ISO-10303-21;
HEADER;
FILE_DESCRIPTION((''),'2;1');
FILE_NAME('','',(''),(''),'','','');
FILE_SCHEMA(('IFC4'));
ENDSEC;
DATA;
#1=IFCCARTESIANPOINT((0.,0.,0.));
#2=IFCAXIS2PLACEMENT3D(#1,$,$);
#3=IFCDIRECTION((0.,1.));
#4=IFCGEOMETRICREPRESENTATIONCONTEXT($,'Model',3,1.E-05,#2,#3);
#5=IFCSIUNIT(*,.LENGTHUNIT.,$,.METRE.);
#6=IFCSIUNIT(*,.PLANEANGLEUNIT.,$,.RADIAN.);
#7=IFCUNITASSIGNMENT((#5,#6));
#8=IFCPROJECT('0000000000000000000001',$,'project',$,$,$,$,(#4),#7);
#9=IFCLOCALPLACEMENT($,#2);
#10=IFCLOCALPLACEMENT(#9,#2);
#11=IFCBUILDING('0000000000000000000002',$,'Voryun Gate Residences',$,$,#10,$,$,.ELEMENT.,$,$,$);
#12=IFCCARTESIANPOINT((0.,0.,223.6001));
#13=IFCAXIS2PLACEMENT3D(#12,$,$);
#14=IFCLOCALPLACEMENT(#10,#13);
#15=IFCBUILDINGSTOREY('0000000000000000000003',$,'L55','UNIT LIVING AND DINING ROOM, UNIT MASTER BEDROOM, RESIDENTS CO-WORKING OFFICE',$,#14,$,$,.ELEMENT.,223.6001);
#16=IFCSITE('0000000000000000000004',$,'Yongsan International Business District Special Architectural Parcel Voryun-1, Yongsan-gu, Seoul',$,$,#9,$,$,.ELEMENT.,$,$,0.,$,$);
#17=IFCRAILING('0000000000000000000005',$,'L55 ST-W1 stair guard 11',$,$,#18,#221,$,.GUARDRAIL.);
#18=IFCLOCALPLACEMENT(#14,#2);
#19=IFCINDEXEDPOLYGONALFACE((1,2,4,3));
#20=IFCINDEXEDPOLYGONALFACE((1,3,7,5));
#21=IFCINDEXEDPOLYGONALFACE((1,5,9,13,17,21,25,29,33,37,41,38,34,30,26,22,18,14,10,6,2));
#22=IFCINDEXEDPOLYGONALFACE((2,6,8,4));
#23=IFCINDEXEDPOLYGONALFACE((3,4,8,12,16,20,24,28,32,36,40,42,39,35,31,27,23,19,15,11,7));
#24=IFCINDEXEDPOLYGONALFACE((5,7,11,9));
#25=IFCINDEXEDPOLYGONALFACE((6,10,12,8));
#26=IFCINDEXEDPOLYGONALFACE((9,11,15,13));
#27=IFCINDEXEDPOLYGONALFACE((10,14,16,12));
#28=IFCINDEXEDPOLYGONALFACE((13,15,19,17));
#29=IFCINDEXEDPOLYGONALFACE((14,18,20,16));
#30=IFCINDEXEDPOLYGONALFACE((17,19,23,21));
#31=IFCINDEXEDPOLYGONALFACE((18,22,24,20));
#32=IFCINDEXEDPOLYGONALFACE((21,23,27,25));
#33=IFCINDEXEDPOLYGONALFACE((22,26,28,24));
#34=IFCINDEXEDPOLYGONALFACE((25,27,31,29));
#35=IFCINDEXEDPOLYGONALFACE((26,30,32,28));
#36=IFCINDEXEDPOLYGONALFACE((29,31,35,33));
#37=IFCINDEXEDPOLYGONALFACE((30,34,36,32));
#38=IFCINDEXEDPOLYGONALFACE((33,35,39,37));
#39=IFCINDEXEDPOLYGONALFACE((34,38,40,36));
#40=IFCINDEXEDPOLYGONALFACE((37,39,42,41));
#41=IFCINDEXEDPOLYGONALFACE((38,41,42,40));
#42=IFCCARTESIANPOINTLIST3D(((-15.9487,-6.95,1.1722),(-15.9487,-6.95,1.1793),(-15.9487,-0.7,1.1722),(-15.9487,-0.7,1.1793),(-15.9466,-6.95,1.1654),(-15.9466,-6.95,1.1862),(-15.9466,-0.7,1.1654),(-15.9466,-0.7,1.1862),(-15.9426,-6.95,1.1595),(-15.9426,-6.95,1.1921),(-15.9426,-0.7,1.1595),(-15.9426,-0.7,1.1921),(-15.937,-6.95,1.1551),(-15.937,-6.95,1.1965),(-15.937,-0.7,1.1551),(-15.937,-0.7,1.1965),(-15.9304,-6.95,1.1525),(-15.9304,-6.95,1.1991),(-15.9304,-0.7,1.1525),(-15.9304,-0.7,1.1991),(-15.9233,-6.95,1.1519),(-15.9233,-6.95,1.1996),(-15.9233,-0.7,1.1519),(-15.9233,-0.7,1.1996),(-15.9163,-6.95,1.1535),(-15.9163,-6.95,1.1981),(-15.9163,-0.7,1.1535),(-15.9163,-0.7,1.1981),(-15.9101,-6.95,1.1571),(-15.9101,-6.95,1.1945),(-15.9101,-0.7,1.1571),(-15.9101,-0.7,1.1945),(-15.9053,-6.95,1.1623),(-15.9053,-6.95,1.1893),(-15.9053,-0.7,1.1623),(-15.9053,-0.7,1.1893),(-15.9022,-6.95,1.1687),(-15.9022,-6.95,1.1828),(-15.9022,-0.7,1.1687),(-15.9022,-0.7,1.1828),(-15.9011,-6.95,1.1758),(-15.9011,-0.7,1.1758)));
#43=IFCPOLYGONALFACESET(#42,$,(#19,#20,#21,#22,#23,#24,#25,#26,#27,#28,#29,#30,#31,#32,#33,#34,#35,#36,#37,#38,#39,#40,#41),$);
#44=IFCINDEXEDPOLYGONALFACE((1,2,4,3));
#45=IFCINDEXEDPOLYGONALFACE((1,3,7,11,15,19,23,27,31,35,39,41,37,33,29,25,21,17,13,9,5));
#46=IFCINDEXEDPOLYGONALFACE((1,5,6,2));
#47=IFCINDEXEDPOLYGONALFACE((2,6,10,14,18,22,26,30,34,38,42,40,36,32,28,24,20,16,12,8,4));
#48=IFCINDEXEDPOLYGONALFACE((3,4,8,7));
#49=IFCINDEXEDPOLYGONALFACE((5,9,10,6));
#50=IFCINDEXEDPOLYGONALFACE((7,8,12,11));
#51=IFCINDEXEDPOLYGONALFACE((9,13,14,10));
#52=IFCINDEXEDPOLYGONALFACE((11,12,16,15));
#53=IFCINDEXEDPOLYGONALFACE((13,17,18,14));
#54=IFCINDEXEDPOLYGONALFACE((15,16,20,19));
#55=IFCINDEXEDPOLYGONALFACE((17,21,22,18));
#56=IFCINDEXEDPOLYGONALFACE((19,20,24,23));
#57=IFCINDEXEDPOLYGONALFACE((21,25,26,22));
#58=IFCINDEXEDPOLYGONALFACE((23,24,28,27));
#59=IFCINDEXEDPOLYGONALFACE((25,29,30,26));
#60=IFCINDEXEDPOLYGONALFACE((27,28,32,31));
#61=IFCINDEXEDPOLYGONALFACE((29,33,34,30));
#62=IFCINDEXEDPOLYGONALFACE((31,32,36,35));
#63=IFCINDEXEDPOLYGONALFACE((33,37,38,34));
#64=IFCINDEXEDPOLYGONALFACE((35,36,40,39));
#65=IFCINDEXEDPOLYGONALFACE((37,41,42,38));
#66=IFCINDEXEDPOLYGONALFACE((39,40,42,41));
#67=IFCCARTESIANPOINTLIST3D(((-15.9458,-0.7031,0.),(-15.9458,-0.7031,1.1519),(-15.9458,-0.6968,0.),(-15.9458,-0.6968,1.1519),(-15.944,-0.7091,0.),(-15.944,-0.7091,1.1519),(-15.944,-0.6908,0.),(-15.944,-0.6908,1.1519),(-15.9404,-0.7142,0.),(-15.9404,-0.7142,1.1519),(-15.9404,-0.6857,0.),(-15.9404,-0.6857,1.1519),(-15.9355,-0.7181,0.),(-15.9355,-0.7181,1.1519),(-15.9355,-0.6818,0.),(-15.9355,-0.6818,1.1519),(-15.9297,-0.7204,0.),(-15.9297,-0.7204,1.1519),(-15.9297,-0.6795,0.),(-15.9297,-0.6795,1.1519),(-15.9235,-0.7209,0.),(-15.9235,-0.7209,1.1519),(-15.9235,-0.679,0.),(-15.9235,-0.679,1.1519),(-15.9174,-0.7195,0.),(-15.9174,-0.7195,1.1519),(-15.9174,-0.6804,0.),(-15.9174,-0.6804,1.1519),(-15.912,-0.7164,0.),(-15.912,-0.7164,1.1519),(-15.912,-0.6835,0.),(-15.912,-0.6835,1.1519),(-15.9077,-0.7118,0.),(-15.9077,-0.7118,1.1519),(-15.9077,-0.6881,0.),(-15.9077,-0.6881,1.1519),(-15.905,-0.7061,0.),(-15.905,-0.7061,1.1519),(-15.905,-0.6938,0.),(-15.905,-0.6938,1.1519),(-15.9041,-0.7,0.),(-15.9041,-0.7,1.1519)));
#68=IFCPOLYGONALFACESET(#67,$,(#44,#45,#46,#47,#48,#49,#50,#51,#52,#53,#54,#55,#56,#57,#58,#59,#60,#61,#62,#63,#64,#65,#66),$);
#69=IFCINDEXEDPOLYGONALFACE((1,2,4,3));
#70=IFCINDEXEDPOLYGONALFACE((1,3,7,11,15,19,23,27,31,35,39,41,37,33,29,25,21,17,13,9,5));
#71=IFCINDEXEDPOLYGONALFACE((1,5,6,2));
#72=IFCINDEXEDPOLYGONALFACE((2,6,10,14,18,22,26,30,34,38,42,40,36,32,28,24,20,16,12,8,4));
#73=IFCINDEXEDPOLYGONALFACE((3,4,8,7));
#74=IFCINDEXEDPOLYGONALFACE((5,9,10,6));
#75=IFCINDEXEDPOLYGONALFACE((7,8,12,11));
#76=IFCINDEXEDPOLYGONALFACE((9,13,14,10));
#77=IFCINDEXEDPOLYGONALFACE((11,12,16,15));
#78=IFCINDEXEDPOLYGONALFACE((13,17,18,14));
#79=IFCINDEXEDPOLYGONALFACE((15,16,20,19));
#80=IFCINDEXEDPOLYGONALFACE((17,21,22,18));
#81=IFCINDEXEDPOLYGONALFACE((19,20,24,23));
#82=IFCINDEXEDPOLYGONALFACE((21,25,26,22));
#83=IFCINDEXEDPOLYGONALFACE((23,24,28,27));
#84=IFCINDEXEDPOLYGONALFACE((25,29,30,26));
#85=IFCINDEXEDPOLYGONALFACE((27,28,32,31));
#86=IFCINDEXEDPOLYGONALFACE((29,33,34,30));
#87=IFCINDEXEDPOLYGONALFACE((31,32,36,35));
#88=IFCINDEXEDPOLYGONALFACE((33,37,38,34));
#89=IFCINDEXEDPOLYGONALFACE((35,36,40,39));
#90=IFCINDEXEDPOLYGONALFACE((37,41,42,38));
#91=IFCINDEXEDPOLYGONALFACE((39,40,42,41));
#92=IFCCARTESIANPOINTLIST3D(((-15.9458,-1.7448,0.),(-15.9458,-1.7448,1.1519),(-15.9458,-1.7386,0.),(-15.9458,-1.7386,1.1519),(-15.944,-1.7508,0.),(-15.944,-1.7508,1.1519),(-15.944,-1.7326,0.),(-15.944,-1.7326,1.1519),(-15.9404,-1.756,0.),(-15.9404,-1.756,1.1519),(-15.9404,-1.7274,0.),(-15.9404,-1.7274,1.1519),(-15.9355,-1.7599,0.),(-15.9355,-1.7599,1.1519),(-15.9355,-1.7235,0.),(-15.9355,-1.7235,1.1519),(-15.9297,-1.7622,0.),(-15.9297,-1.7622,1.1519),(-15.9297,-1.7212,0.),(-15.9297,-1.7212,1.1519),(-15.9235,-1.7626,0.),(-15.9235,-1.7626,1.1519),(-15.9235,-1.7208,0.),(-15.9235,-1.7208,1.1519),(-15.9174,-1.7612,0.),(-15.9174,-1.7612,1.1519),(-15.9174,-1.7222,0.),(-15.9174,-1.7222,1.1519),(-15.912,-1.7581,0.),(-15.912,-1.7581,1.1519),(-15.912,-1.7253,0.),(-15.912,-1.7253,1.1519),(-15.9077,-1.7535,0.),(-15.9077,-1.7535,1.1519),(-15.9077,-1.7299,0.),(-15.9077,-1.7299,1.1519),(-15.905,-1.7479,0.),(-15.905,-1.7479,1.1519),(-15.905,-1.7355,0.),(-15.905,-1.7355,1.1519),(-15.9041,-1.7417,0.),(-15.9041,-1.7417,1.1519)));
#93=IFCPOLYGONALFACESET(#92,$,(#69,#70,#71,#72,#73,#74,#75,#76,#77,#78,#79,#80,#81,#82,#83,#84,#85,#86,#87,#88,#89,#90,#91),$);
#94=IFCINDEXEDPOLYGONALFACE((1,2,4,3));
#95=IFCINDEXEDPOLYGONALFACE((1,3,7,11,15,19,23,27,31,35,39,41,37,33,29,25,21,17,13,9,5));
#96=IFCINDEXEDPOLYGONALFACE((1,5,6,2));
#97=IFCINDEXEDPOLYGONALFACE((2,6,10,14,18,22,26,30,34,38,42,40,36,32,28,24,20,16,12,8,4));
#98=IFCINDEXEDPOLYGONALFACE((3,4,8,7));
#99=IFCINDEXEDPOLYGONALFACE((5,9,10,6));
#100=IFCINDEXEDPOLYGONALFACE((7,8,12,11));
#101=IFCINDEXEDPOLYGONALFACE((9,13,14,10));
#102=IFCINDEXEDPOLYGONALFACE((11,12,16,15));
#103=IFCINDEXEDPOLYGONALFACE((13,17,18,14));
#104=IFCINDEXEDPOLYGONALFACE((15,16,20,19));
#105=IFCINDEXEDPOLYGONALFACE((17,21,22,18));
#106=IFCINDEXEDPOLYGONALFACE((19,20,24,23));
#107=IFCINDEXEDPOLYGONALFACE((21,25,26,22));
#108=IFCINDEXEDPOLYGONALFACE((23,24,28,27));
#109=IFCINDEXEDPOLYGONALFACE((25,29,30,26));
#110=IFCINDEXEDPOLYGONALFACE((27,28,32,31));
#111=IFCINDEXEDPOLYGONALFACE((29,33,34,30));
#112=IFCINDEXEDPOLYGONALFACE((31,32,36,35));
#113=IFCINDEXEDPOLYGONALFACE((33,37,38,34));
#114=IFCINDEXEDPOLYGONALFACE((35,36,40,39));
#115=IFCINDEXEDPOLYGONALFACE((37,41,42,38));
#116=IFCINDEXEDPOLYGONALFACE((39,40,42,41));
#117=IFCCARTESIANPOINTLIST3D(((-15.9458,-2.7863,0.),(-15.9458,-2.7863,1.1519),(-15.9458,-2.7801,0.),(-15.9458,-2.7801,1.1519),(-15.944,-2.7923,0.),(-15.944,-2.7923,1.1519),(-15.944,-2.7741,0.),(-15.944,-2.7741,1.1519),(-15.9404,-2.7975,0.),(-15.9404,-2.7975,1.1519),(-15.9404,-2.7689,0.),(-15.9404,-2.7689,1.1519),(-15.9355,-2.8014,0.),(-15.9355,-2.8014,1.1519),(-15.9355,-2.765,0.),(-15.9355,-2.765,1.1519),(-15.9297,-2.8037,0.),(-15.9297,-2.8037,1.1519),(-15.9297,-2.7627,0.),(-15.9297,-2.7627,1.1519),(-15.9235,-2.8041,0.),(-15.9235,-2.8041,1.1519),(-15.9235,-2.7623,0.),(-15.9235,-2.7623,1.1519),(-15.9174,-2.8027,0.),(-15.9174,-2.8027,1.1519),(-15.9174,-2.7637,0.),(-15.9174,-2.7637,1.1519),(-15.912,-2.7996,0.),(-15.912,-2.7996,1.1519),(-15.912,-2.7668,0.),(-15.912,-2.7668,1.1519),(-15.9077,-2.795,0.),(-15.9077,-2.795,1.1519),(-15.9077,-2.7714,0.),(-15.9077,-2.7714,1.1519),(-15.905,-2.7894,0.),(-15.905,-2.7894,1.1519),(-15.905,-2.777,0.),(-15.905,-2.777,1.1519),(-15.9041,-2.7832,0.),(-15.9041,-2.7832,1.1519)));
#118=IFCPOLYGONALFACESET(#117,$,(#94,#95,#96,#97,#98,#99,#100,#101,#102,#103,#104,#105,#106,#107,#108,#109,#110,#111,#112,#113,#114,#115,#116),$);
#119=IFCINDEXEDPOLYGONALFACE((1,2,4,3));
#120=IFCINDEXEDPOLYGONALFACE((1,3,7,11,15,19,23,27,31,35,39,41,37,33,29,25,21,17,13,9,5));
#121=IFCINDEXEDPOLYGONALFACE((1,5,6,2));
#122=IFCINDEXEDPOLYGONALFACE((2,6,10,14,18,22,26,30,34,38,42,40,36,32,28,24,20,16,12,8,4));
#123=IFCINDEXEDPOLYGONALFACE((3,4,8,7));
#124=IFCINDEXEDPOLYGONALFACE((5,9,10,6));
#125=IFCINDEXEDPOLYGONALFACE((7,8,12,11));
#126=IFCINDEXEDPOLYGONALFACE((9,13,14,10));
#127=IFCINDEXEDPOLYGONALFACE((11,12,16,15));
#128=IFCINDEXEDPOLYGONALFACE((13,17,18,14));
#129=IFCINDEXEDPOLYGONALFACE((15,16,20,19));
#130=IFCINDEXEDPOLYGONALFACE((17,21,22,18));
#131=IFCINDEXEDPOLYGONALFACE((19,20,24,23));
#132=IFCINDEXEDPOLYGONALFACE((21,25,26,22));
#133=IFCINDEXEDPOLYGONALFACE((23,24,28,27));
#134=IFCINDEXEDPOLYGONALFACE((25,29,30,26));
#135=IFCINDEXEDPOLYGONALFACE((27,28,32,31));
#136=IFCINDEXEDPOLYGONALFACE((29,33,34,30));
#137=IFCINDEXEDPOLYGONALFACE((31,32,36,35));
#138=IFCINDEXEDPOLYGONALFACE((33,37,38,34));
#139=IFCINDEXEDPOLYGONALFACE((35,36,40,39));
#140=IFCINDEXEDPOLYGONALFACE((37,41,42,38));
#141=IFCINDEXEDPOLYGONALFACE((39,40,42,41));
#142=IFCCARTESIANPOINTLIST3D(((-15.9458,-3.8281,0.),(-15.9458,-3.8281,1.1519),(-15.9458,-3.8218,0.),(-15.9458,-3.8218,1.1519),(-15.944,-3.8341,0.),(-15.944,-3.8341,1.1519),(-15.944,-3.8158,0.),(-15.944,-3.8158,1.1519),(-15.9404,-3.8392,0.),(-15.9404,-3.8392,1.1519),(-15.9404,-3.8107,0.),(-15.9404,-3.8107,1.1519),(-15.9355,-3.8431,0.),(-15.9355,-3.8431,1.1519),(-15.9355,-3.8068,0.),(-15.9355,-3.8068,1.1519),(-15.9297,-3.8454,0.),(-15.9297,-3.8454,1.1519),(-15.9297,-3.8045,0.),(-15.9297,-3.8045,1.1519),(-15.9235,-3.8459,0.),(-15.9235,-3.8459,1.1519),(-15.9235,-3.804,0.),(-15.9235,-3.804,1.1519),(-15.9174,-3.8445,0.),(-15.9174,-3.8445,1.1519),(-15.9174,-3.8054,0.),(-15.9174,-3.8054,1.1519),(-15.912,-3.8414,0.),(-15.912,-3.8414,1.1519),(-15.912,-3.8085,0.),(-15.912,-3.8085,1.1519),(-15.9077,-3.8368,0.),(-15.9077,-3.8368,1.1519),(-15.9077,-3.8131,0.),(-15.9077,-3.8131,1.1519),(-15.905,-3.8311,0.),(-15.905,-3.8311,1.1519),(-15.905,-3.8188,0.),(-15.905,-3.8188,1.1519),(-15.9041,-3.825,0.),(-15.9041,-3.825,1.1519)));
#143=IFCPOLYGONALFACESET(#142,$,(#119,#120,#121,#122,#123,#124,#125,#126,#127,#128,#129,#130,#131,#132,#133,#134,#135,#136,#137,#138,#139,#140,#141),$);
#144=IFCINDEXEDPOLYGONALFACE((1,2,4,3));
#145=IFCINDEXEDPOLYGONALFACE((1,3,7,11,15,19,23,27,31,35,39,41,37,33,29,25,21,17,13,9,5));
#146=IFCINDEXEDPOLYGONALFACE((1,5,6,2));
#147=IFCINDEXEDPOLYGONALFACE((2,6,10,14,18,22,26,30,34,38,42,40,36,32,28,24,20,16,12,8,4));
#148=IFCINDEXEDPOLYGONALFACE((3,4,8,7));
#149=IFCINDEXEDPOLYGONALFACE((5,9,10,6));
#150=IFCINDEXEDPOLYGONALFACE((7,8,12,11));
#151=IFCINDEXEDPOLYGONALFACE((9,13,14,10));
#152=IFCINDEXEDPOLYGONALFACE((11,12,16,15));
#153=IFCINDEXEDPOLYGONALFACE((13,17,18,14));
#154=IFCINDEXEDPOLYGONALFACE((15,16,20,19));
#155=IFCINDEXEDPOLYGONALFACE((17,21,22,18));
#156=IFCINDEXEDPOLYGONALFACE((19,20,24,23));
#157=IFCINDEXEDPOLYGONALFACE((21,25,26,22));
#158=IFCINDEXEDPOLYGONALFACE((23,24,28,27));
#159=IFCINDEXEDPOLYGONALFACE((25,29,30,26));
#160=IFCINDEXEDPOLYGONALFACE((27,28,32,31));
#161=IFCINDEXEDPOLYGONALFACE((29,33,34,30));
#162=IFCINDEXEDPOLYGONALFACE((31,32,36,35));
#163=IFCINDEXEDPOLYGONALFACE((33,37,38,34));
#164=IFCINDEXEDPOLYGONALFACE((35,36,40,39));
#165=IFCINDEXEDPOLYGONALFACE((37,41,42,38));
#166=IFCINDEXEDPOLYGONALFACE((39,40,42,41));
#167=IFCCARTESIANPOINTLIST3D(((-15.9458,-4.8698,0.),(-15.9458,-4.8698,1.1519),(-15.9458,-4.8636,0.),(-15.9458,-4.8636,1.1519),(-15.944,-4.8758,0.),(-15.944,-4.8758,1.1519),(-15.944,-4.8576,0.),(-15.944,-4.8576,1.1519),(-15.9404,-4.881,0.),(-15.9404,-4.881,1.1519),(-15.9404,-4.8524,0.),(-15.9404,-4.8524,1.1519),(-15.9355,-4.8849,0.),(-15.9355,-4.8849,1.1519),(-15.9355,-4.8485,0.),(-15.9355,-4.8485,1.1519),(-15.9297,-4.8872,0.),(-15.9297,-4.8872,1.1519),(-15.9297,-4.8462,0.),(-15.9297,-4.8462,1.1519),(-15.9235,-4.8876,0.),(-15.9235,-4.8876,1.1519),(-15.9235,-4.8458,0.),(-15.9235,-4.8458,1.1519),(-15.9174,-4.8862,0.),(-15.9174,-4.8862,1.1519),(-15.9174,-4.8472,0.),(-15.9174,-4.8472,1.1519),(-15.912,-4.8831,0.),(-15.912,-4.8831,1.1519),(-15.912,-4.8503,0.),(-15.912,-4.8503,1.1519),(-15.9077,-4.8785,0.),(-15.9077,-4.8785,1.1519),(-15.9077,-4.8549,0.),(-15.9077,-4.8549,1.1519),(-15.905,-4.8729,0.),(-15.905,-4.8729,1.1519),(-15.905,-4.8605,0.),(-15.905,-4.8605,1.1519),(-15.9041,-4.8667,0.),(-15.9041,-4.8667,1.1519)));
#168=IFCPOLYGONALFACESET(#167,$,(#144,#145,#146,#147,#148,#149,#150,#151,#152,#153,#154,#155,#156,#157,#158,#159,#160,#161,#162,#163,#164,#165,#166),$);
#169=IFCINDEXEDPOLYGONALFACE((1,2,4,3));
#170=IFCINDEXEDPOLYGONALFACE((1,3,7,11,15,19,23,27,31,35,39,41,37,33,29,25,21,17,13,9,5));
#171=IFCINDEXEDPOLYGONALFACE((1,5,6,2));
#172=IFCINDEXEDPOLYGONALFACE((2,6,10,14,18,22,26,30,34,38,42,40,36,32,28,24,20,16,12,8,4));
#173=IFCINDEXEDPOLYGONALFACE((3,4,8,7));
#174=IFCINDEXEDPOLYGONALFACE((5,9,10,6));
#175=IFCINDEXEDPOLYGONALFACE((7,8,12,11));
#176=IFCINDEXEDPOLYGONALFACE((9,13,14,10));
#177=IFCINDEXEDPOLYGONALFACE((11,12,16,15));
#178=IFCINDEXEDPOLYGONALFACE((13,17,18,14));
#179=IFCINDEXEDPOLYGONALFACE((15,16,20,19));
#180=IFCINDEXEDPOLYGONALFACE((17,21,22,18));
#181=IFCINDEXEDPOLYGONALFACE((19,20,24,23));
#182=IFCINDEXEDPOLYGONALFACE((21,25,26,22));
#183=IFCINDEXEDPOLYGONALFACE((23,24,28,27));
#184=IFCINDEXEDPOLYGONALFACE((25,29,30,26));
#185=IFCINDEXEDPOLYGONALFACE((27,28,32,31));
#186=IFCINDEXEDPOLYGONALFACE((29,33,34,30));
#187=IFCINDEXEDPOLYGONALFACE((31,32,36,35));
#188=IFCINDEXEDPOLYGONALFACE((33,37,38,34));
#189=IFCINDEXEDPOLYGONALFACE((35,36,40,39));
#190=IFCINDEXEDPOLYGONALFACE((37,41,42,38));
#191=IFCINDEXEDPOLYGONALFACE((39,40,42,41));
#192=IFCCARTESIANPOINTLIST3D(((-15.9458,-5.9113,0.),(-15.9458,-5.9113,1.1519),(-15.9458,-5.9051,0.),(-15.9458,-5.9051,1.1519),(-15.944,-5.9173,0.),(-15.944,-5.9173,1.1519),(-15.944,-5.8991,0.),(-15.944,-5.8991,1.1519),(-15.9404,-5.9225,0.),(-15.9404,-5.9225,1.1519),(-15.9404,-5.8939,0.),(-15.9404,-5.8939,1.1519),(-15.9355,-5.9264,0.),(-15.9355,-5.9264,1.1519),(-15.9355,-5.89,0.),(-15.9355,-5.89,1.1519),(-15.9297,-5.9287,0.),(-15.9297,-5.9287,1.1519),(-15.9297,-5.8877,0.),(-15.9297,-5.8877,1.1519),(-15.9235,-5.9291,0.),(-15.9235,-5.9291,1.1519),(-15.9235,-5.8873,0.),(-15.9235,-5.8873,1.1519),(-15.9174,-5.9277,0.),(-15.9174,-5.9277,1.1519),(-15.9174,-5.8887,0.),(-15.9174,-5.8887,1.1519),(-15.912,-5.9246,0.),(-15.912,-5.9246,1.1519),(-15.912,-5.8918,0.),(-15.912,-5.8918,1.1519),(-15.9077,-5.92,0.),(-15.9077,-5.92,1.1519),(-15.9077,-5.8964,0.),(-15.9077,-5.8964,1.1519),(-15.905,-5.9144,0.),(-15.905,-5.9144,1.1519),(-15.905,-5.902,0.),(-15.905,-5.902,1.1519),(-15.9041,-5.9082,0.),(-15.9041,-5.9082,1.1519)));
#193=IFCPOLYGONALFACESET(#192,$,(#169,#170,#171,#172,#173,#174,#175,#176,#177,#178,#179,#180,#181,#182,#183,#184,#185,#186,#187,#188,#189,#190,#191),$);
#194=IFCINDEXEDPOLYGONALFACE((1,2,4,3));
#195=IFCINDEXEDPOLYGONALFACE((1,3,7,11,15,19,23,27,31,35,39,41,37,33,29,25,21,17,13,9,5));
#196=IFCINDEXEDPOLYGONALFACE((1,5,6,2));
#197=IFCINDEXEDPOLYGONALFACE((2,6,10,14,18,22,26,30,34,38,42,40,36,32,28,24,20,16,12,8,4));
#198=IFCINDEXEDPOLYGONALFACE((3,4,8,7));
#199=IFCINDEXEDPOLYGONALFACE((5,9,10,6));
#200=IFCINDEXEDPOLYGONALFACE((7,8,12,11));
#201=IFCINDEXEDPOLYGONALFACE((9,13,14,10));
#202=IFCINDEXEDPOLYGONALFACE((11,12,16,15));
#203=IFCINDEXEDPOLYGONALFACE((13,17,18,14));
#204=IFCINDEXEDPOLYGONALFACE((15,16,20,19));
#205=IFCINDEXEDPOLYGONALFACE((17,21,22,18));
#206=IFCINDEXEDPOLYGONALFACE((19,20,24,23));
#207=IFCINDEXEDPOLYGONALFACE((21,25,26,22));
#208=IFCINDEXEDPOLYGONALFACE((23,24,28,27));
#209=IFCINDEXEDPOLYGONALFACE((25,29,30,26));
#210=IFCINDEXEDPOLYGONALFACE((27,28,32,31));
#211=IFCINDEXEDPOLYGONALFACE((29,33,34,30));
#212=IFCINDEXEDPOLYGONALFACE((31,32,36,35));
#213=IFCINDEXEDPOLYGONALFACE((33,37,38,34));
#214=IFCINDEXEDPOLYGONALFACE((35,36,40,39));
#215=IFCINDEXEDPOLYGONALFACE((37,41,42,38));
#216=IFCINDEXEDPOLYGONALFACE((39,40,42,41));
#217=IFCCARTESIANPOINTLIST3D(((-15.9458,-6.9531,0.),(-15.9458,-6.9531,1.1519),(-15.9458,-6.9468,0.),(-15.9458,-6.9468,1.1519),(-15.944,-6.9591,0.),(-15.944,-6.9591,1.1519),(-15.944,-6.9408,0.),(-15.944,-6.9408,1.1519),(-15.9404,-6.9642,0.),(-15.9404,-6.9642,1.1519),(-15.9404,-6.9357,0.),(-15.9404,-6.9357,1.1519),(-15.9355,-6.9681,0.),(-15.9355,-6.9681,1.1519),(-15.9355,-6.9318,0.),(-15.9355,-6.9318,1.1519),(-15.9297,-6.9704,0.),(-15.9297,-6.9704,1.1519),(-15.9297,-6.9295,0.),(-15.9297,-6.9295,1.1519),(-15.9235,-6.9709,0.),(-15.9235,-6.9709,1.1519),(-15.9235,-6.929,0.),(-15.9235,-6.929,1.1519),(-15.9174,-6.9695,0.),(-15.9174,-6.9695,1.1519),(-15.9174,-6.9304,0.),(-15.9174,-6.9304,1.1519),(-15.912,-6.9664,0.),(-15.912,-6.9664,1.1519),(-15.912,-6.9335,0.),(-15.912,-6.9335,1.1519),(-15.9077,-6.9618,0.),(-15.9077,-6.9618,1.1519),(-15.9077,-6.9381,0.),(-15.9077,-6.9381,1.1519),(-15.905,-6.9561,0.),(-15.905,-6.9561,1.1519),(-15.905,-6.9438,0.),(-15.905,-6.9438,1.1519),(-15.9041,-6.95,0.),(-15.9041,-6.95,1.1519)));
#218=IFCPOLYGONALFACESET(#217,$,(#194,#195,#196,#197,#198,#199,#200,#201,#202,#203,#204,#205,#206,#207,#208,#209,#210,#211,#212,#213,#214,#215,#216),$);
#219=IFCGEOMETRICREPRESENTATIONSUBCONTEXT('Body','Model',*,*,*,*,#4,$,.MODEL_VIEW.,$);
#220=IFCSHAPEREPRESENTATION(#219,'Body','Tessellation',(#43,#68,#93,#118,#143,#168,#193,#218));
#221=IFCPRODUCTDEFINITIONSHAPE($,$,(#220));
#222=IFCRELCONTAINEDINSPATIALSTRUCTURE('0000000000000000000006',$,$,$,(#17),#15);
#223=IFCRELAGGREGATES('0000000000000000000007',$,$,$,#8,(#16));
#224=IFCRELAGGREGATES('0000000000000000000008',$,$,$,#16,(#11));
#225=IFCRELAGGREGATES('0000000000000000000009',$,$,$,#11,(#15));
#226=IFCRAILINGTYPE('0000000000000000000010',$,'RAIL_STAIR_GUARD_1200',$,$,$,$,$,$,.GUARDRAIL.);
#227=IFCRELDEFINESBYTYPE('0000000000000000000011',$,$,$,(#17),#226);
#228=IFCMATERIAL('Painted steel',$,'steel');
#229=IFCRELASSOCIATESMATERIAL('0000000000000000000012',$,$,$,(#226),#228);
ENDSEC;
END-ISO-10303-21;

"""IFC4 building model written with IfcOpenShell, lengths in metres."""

from ifc_helpers import new_model, si_unit, direction, frame, origin, origin_2d, place, context, subcontext, project, spatial, circle, extrude, material, type_object, element, save


model = new_model("IFC4")

# Units and contexts
model_context = context("Model", 3, precision=1e-05, world=origin(), true_north=direction((0.0, 1.0)))
body_context = subcontext(model_context, "Body", "Model", "MODEL_VIEW")
ifc_project = project(units=[si_unit("LENGTHUNIT", "METRE"), si_unit("PLANEANGLEUNIT", "RADIAN")], contexts=[model_context])

# Site, building, storey
site_placement = place(None, origin())
site = spatial("IfcSite", under=ifc_project, at=site_placement, Name="Yongsan International Business District Special Architectural Parcel Voryun-1, Yongsan-gu, Seoul", CompositionType="ELEMENT", RefElevation=0.0)
building_placement = place(site_placement, origin())
building = spatial("IfcBuilding", under=site, at=building_placement, Name="Voryun Gate Residences", CompositionType="ELEMENT")
storey_placement = place(building_placement, frame((0.0, 0.0, 223.6001)))
storey = spatial("IfcBuildingStorey", under=building, at=storey_placement, Name="L55", Description="UNIT LIVING AND DINING ROOM, UNIT MASTER BEDROOM, RESIDENTS CO-WORKING OFFICE", CompositionType="ELEMENT", Elevation=223.6001)

# Railing
ifc_material_1 = material(Name="Painted steel", Category="steel")
railing_type = type_object("IfcRailingType", Name="RAIL_STAIR_GUARD_1200", PredefinedType="GUARDRAIL", material=ifc_material_1)
railing_1_placement = place(storey_placement, frame((-15.925, -0.7, 0.0)))
element("IfcRailing", 1, at=railing_1_placement, inside=storey, type_object=railing_type, Name="L55 ST-W1 stair guard 11", PredefinedType="GUARDRAIL", context=body_context, shape_type="SweptSolid", body=[
    extrude(circle(Radius=0.0239, at=origin_2d()), frame((0.0, 0.0, 1.1758), z_axis=(0.0, -1.0, 0.0), x_axis=(1.0, 0.0, 0.0)), (0.0, 0.0, 1.0), 6.25),
    extrude(circle(Radius=0.021, at=origin_2d()), origin(), (0.0, 0.0, 1.0), 1.1519),
    extrude(circle(Radius=0.021, at=origin_2d()), frame((0.0, -1.0417, 0.0)), (0.0, 0.0, 1.0), 1.1519),
    extrude(circle(Radius=0.021, at=origin_2d()), frame((0.0, -2.0833, 0.0)), (0.0, 0.0, 1.0), 1.1519),
    extrude(circle(Radius=0.021, at=origin_2d()), frame((0.0, -3.125, 0.0)), (0.0, 0.0, 1.0), 1.1519),
    extrude(circle(Radius=0.021, at=origin_2d()), frame((0.0, -4.1667, 0.0)), (0.0, 0.0, 1.0), 1.1519),
    extrude(circle(Radius=0.021, at=origin_2d()), frame((0.0, -5.2083, 0.0)), (0.0, 0.0, 1.0), 1.1519),
    extrude(circle(Radius=0.021, at=origin_2d()), frame((0.0, -6.25, 0.0)), (0.0, 0.0, 1.0), 1.1519),
])

save(model, "model.ifc")
